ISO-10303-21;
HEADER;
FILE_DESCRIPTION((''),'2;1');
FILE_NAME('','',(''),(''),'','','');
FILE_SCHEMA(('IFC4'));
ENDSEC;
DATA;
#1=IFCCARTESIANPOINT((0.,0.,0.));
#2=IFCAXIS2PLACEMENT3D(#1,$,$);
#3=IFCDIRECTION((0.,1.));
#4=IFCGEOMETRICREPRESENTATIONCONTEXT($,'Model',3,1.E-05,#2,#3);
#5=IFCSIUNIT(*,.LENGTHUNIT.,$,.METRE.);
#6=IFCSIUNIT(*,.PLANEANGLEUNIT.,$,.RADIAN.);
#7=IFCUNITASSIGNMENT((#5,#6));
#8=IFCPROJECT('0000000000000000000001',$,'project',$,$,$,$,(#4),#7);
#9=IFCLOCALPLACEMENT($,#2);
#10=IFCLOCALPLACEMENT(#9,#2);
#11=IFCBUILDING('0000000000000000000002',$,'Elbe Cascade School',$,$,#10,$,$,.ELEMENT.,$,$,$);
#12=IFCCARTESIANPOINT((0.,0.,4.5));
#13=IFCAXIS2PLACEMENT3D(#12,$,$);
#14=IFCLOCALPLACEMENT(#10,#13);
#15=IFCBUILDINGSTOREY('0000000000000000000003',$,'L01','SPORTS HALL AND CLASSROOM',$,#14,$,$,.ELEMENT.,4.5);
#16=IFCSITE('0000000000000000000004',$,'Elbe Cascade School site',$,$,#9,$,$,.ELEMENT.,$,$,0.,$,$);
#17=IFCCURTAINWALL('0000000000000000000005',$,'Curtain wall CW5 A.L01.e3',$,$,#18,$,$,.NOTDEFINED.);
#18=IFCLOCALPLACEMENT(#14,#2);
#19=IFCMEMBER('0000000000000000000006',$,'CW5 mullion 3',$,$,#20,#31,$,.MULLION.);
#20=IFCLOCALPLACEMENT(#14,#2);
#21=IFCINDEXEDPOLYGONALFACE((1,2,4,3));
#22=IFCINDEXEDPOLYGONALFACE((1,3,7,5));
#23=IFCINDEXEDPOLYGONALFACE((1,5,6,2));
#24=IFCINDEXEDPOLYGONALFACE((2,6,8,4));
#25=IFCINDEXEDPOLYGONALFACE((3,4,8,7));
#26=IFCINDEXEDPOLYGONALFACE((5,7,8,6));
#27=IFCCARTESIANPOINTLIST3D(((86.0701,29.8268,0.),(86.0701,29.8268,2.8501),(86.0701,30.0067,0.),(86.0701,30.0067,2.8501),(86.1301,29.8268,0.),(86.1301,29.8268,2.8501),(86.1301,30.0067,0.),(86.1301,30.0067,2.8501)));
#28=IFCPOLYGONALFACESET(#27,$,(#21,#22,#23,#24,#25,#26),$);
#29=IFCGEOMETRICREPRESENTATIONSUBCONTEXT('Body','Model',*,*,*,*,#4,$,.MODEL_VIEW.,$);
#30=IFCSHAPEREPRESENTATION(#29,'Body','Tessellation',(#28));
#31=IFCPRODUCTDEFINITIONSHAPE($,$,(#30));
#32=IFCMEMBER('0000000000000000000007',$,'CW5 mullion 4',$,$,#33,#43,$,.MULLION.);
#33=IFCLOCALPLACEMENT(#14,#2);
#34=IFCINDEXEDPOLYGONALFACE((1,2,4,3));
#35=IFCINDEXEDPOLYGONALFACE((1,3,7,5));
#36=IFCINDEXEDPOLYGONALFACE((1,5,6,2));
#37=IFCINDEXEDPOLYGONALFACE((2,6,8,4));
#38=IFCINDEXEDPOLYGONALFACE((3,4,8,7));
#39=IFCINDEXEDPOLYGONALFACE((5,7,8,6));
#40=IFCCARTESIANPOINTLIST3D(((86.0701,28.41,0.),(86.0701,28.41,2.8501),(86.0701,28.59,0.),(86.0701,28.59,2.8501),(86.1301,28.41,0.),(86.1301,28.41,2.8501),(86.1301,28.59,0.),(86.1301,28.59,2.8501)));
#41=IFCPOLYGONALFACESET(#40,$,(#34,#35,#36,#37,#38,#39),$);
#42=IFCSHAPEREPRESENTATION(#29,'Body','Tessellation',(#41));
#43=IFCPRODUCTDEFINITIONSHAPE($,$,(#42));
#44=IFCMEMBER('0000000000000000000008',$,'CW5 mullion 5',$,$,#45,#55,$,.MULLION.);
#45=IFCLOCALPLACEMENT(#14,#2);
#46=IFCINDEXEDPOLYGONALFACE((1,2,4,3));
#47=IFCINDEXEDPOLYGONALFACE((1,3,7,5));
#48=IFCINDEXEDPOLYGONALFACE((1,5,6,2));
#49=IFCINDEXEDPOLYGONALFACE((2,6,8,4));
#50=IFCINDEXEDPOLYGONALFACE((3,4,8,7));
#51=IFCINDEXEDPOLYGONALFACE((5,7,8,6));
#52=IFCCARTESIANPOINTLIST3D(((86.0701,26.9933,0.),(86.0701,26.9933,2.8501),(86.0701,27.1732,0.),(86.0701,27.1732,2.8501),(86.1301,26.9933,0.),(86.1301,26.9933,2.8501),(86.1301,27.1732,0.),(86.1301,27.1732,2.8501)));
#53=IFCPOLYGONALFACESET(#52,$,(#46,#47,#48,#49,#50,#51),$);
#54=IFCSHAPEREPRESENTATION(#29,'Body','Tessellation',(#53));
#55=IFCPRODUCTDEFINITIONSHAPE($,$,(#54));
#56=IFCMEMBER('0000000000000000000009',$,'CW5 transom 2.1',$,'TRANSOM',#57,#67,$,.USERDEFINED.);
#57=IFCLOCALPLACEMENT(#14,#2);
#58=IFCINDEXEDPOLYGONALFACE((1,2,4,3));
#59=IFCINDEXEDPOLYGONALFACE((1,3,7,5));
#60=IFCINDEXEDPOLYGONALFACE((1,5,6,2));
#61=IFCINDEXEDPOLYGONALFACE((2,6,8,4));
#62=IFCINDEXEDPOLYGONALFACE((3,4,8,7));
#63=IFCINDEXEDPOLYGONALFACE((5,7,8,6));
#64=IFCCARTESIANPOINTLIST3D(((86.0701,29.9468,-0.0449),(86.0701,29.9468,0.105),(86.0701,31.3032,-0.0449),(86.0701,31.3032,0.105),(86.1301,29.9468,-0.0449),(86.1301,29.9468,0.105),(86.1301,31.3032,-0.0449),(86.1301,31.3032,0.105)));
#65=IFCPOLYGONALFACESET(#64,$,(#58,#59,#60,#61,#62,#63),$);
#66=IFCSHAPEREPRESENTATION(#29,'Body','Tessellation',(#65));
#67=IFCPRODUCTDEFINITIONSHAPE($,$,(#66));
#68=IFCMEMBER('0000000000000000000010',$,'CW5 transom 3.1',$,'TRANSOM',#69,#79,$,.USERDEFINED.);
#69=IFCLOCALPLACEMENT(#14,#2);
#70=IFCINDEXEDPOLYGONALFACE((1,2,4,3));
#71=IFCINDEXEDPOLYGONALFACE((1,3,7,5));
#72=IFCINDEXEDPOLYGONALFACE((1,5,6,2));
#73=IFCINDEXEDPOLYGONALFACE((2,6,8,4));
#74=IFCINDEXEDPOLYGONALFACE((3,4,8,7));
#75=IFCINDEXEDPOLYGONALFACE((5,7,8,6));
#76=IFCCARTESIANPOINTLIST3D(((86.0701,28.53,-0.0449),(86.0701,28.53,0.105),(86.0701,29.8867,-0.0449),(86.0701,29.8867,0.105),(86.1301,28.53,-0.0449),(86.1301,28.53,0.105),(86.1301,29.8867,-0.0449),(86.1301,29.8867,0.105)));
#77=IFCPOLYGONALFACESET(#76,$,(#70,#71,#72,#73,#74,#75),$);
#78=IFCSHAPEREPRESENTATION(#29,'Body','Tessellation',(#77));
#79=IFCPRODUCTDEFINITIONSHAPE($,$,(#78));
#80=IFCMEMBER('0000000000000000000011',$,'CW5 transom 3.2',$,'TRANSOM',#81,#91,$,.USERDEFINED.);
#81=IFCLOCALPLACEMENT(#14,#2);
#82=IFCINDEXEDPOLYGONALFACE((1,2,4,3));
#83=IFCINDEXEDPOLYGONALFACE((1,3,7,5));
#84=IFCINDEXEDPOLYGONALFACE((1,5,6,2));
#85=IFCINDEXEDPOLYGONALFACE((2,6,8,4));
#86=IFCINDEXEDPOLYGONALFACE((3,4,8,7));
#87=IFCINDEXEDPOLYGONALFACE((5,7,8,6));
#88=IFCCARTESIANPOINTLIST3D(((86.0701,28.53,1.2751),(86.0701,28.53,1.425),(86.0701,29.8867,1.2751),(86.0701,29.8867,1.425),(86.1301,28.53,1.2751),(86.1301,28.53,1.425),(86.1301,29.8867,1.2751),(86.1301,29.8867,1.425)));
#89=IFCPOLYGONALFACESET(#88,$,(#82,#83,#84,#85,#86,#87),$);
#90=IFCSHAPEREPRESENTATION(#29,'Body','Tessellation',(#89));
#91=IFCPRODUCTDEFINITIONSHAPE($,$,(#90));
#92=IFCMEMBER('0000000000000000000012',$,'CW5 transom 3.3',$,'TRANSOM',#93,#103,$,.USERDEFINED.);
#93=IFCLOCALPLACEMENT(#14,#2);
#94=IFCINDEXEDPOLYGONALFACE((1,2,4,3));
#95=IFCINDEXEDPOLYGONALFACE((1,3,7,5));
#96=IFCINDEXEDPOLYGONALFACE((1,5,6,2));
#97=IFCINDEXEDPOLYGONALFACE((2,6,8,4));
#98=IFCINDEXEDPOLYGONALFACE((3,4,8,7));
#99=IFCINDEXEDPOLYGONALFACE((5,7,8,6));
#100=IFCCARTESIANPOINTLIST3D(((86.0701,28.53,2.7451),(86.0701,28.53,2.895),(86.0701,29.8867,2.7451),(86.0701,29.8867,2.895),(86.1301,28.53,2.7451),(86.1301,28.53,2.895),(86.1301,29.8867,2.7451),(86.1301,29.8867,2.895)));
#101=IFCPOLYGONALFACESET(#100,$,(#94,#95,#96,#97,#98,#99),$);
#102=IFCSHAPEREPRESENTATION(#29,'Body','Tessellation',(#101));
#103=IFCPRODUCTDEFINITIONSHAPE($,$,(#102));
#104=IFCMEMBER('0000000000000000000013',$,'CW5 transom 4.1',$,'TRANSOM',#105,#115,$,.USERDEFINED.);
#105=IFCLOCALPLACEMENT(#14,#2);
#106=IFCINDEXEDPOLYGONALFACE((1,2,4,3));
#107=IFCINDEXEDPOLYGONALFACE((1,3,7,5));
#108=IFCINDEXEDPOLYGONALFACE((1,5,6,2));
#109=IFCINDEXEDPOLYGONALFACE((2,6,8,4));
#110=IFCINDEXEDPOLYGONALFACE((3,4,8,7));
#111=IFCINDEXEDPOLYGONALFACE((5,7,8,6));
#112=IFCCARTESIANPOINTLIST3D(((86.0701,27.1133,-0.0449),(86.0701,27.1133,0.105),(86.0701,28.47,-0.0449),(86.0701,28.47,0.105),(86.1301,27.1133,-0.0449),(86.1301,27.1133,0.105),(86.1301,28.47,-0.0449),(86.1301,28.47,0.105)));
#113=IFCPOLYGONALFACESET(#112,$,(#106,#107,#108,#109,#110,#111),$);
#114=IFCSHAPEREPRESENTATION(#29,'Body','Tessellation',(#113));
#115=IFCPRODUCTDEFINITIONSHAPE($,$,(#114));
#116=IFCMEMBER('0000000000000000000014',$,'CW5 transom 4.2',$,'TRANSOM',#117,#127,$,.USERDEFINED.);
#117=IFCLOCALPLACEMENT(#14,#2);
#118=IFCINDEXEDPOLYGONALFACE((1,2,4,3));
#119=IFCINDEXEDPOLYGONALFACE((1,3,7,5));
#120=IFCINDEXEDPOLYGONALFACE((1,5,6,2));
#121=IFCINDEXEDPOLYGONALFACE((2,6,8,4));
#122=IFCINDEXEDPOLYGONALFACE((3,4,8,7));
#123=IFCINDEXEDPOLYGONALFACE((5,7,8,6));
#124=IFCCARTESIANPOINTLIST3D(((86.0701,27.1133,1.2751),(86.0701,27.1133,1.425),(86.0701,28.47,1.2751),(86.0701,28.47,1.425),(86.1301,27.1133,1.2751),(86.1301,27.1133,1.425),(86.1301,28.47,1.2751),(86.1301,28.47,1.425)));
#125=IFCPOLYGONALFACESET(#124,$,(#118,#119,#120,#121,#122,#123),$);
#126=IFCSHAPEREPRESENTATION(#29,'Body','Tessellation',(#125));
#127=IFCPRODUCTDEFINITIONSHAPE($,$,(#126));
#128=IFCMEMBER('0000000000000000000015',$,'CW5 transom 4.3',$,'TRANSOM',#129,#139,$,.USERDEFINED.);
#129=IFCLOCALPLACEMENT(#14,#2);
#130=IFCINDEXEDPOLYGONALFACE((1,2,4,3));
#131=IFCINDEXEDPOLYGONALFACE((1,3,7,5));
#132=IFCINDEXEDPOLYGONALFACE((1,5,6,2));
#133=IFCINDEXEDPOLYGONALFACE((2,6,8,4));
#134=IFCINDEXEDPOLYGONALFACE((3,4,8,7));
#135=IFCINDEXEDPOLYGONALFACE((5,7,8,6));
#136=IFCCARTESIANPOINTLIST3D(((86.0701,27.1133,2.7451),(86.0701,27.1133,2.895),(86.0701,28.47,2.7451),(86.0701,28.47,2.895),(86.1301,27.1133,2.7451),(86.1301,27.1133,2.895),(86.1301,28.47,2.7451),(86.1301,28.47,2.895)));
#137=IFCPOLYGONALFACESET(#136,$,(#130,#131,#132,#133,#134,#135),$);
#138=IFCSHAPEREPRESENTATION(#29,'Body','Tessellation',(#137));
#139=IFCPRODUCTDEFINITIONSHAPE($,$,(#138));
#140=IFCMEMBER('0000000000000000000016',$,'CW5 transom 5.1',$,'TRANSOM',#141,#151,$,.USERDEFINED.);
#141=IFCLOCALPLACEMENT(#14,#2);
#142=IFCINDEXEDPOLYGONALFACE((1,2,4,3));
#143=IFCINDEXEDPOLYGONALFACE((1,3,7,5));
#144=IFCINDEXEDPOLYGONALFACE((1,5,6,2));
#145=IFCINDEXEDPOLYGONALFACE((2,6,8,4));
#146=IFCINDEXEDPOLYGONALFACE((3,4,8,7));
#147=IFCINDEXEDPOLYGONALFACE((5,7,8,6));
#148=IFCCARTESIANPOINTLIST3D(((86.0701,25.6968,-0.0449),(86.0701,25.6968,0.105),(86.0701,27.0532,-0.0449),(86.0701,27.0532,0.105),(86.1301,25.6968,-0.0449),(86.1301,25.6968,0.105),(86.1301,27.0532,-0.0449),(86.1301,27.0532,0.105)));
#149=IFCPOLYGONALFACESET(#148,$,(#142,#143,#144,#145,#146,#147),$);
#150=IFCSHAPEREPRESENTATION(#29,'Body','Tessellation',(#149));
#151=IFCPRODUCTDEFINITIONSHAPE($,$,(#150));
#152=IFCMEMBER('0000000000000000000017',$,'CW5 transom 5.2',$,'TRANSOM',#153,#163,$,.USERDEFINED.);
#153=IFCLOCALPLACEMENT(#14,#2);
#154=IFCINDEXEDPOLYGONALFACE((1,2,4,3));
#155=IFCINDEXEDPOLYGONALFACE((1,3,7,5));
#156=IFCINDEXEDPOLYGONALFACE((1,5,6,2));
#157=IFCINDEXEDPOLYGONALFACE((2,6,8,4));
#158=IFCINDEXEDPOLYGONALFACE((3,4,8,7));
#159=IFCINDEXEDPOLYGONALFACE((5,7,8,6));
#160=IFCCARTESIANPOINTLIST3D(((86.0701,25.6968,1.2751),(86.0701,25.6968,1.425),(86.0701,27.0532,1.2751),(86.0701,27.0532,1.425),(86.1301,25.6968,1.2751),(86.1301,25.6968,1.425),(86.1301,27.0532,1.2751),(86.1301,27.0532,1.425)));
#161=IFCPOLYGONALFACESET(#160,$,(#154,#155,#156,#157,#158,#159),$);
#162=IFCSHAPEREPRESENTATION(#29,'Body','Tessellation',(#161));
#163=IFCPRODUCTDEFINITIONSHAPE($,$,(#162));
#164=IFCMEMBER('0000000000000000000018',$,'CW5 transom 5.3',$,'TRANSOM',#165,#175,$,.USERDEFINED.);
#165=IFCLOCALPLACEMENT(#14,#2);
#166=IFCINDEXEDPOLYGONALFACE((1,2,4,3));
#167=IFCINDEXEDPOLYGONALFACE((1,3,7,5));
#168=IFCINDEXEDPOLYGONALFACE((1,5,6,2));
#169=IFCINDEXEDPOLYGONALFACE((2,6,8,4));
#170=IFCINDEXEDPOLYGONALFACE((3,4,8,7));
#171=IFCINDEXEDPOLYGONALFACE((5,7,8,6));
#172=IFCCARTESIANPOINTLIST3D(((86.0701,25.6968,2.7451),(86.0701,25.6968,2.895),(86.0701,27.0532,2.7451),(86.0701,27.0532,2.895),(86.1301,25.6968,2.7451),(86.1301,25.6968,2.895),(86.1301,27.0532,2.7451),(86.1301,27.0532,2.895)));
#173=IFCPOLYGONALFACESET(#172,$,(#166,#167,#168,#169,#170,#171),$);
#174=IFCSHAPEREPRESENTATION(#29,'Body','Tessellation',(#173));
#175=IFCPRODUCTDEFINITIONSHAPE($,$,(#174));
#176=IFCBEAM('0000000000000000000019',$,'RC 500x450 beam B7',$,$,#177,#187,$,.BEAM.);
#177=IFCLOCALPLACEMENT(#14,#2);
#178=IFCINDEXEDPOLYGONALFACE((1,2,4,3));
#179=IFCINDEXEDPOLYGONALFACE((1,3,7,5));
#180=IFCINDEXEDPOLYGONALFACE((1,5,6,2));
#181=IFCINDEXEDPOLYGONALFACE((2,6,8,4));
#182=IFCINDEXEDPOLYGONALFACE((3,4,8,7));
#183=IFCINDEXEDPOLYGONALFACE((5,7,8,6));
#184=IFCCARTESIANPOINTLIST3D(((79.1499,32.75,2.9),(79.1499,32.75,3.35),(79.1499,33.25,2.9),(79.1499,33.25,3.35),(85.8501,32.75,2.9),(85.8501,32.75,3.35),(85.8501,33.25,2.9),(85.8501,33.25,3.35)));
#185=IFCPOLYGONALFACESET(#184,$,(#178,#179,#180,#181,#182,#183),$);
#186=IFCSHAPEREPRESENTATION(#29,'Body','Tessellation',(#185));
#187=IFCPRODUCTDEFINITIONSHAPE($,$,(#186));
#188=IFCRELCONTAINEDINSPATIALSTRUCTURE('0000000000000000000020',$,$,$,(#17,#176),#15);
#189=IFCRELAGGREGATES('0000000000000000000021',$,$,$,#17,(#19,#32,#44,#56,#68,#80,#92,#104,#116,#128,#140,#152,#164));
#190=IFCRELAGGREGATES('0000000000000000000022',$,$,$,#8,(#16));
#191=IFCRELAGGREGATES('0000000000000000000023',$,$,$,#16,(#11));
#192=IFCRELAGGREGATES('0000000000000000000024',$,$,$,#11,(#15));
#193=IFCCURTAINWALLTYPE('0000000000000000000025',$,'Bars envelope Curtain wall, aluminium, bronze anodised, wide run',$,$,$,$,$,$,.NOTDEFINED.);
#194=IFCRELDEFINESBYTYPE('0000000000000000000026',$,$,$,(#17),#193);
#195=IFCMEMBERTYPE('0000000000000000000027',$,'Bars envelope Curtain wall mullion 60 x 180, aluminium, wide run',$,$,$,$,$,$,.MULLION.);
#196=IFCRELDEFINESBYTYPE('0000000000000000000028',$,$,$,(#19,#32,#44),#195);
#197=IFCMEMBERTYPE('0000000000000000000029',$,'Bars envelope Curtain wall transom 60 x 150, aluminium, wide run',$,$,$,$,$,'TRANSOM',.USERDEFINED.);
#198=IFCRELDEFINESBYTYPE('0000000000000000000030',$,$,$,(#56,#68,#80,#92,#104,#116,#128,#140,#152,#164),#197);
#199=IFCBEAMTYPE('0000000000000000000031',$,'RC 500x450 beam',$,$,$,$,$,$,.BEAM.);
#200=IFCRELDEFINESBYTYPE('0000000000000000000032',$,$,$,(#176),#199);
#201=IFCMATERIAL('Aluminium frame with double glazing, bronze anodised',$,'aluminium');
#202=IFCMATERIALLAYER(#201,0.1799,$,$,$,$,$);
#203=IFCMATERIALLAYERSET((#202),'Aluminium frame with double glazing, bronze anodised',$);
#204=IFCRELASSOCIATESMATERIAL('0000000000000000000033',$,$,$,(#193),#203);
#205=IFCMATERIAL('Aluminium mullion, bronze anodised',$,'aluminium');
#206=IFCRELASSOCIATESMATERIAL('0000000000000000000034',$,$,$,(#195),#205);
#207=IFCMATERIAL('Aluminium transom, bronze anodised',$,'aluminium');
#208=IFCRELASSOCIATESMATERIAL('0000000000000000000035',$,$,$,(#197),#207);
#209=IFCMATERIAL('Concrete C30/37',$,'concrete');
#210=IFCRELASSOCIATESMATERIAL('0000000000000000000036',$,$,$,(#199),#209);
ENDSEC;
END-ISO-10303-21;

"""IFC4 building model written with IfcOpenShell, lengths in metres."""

from ifc_helpers import new_model, si_unit, direction, frame, origin, origin_2d, place, context, subcontext, project, spatial, rectangle, extrude, material, layer, layer_set, material_profile, profile_set, type_object, element, aggregate, save


model = new_model("IFC4")

# Units and contexts
model_context = context("Model", 3, precision=1e-05, world=origin(), true_north=direction((0.0, 1.0)))
body_context = subcontext(model_context, "Body", "Model", "MODEL_VIEW")
ifc_project = project(units=[si_unit("LENGTHUNIT", "METRE"), si_unit("PLANEANGLEUNIT", "RADIAN")], contexts=[model_context])

# Site, building, storey
site_placement = place(None, origin())
site = spatial("IfcSite", under=ifc_project, at=site_placement, Name="Elbe Cascade School site", CompositionType="ELEMENT", RefElevation=0.0)
building_placement = place(site_placement, origin())
building = spatial("IfcBuilding", under=site, at=building_placement, Name="Elbe Cascade School", CompositionType="ELEMENT")
storey_placement = place(building_placement, frame((0.0, 0.0, 4.5)))
storey = spatial("IfcBuildingStorey", under=building, at=storey_placement, Name="L01", Description="SPORTS HALL AND CLASSROOM", CompositionType="ELEMENT", Elevation=4.5)

# Curtain wall, members
ifc_material_1 = material(Name="Aluminium frame with double glazing, bronze anodised", Category="aluminium")
ifc_layer_1 = layer(ifc_material_1, 0.1799)
ifc_layer_set_1 = layer_set([ifc_layer_1], Name="Aluminium frame with double glazing, bronze anodised")
curtain_wall_type = type_object("IfcCurtainWallType", Name="Bars envelope Curtain wall, aluminium, bronze anodised, wide run", PredefinedType="NOTDEFINED", material=ifc_layer_set_1)
curtain_wall_placement = place(storey_placement, origin())
curtain_wall = element("IfcCurtainWall", 1, at=curtain_wall_placement, inside=storey, type_object=curtain_wall_type, Name="Curtain wall CW5 A.L01.e3", PredefinedType="NOTDEFINED")
ifc_material_2 = material(Name="Aluminium mullion, bronze anodised", Category="aluminium")
ifc_material_profile_1 = material_profile(ifc_material_2, rectangle(XDim=0.0601, YDim=0.1799, at=origin_2d()), Name="Bars envelope Curtain wall mullion 60 x 180, aluminium, wide run")
ifc_profile_set_1 = profile_set([ifc_material_profile_1], Name="Aluminium mullion, bronze anodised")
member_type_1 = type_object("IfcMemberType", Name="Bars envelope Curtain wall mullion 60 x 180, aluminium, wide run", PredefinedType="MULLION", material=ifc_profile_set_1)
member_1_placement = place(storey_placement, frame((86.1001, 29.9167, 0.0), z_axis=(0.0, 0.0, 1.0), x_axis=(1.0, 0.0, 0.0)))
member_1 = element("IfcMember", 2, at=member_1_placement, type_object=member_type_1, Name="CW5 mullion 3", PredefinedType="MULLION", context=body_context, shape_type="SweptSolid", body=[
    extrude(rectangle(XDim=0.0601, YDim=0.1799, at=origin_2d()), origin(), (0.0, 0.0, 1.0), 2.8501),
])
member_2_placement = place(storey_placement, frame((86.1001, 28.5, 0.0), z_axis=(0.0, 0.0, 1.0), x_axis=(1.0, 0.0, 0.0)))
member_2 = element("IfcMember", 3, at=member_2_placement, type_object=member_type_1, Name="CW5 mullion 4", PredefinedType="MULLION", context=body_context, shape_type="SweptSolid", body=[
    extrude(rectangle(XDim=0.0601, YDim=0.1799, at=origin_2d()), origin(), (0.0, 0.0, 1.0), 2.8501),
])
member_3_placement = place(storey_placement, frame((86.1001, 27.0833, 0.0), z_axis=(0.0, 0.0, 1.0), x_axis=(1.0, 0.0, 0.0)))
member_3 = element("IfcMember", 4, at=member_3_placement, type_object=member_type_1, Name="CW5 mullion 5", PredefinedType="MULLION", context=body_context, shape_type="SweptSolid", body=[
    extrude(rectangle(XDim=0.0601, YDim=0.1799, at=origin_2d()), origin(), (0.0, 0.0, 1.0), 2.8501),
])
ifc_material_3 = material(Name="Aluminium transom, bronze anodised", Category="aluminium")
ifc_material_profile_2 = material_profile(ifc_material_3, rectangle(XDim=0.0601, YDim=0.1499, at=origin_2d()), Name="Bars envelope Curtain wall transom 60 x 150, aluminium, wide run")
ifc_profile_set_2 = profile_set([ifc_material_profile_2], Name="Aluminium transom, bronze anodised")
member_type_2 = type_object("IfcMemberType", Name="Bars envelope Curtain wall transom 60 x 150, aluminium, wide run", ElementType="TRANSOM", PredefinedType="USERDEFINED", material=ifc_profile_set_2)
member_4_placement = place(storey_placement, frame((86.1001, 31.3032, 0.03), z_axis=(0.0, -1.0, 0.0), x_axis=(1.0, 0.0, 0.0)))
member_4 = element("IfcMember", 5, at=member_4_placement, type_object=member_type_2, Name="CW5 transom 2.1", ObjectType="TRANSOM", PredefinedType="USERDEFINED", context=body_context, shape_type="SweptSolid", body=[
    extrude(rectangle(XDim=0.0601, YDim=0.1499, at=origin_2d()), origin(), (0.0, 0.0, 1.0), 1.3564),
])
member_5_placement = place(storey_placement, frame((86.1001, 29.8867, 0.03), z_axis=(0.0, -1.0, 0.0), x_axis=(1.0, 0.0, 0.0)))
member_5 = element("IfcMember", 6, at=member_5_placement, type_object=member_type_2, Name="CW5 transom 3.1", ObjectType="TRANSOM", PredefinedType="USERDEFINED", context=body_context, shape_type="SweptSolid", body=[
    extrude(rectangle(XDim=0.0601, YDim=0.1499, at=origin_2d()), origin(), (0.0, 0.0, 1.0), 1.3567),
])
member_6_placement = place(storey_placement, frame((86.1001, 29.8867, 1.3501), z_axis=(0.0, -1.0, 0.0), x_axis=(1.0, 0.0, 0.0)))
member_6 = element("IfcMember", 7, at=member_6_placement, type_object=member_type_2, Name="CW5 transom 3.2", ObjectType="TRANSOM", PredefinedType="USERDEFINED", context=body_context, shape_type="SweptSolid", body=[
    extrude(rectangle(XDim=0.0601, YDim=0.1499, at=origin_2d()), origin(), (0.0, 0.0, 1.0), 1.3567),
])
member_7_placement = place(storey_placement, frame((86.1001, 29.8867, 2.8201), z_axis=(0.0, -1.0, 0.0), x_axis=(1.0, 0.0, 0.0)))
member_7 = element("IfcMember", 8, at=member_7_placement, type_object=member_type_2, Name="CW5 transom 3.3", ObjectType="TRANSOM", PredefinedType="USERDEFINED", context=body_context, shape_type="SweptSolid", body=[
    extrude(rectangle(XDim=0.0601, YDim=0.1499, at=origin_2d()), origin(), (0.0, 0.0, 1.0), 1.3567),
])
member_8_placement = place(storey_placement, frame((86.1001, 28.47, 0.03), z_axis=(0.0, -1.0, 0.0), x_axis=(1.0, 0.0, 0.0)))
member_8 = element("IfcMember", 9, at=member_8_placement, type_object=member_type_2, Name="CW5 transom 4.1", ObjectType="TRANSOM", PredefinedType="USERDEFINED", context=body_context, shape_type="SweptSolid", body=[
    extrude(rectangle(XDim=0.0601, YDim=0.1499, at=origin_2d()), origin(), (0.0, 0.0, 1.0), 1.3567),
])
member_9_placement = place(storey_placement, frame((86.1001, 28.47, 1.3501), z_axis=(0.0, -1.0, 0.0), x_axis=(1.0, 0.0, 0.0)))
member_9 = element("IfcMember", 10, at=member_9_placement, type_object=member_type_2, Name="CW5 transom 4.2", ObjectType="TRANSOM", PredefinedType="USERDEFINED", context=body_context, shape_type="SweptSolid", body=[
    extrude(rectangle(XDim=0.0601, YDim=0.1499, at=origin_2d()), origin(), (0.0, 0.0, 1.0), 1.3567),
])
member_10_placement = place(storey_placement, frame((86.1001, 28.47, 2.8201), z_axis=(0.0, -1.0, 0.0), x_axis=(1.0, 0.0, 0.0)))
member_10 = element("IfcMember", 11, at=member_10_placement, type_object=member_type_2, Name="CW5 transom 4.3", ObjectType="TRANSOM", PredefinedType="USERDEFINED", context=body_context, shape_type="SweptSolid", body=[
    extrude(rectangle(XDim=0.0601, YDim=0.1499, at=origin_2d()), origin(), (0.0, 0.0, 1.0), 1.3567),
])
member_11_placement = place(storey_placement, frame((86.1001, 27.0532, 0.03), z_axis=(0.0, -1.0, 0.0), x_axis=(1.0, 0.0, 0.0)))
member_11 = element("IfcMember", 12, at=member_11_placement, type_object=member_type_2, Name="CW5 transom 5.1", ObjectType="TRANSOM", PredefinedType="USERDEFINED", context=body_context, shape_type="SweptSolid", body=[
    extrude(rectangle(XDim=0.0601, YDim=0.1499, at=origin_2d()), origin(), (0.0, 0.0, 1.0), 1.3564),
])
member_12_placement = place(storey_placement, frame((86.1001, 27.0532, 1.3501), z_axis=(0.0, -1.0, 0.0), x_axis=(1.0, 0.0, 0.0)))
member_12 = element("IfcMember", 13, at=member_12_placement, type_object=member_type_2, Name="CW5 transom 5.2", ObjectType="TRANSOM", PredefinedType="USERDEFINED", context=body_context, shape_type="SweptSolid", body=[
    extrude(rectangle(XDim=0.0601, YDim=0.1499, at=origin_2d()), origin(), (0.0, 0.0, 1.0), 1.3564),
])
member_13_placement = place(storey_placement, frame((86.1001, 27.0532, 2.8201), z_axis=(0.0, -1.0, 0.0), x_axis=(1.0, 0.0, 0.0)))
member_13 = element("IfcMember", 14, at=member_13_placement, type_object=member_type_2, Name="CW5 transom 5.3", ObjectType="TRANSOM", PredefinedType="USERDEFINED", context=body_context, shape_type="SweptSolid", body=[
    extrude(rectangle(XDim=0.0601, YDim=0.1499, at=origin_2d()), origin(), (0.0, 0.0, 1.0), 1.3564),
])

# Beam
ifc_material_4 = material(Name="Concrete C30/37", Category="concrete")
ifc_material_profile_3 = material_profile(ifc_material_4, rectangle(XDim=0.5, YDim=0.45, at=origin_2d()), Name="RC 500x450")
ifc_profile_set_3 = profile_set([ifc_material_profile_3], Name="Concrete C30/37")
beam_type = type_object("IfcBeamType", Name="RC 500x450 beam", PredefinedType="BEAM", material=ifc_profile_set_3)
beam_placement = place(storey_placement, frame((79.1499, 33.0, 3.125), z_axis=(1.0, 0.0, 0.0), x_axis=(0.0, 1.0, 0.0)))
element("IfcBeam", 15, at=beam_placement, inside=storey, type_object=beam_type, Name="RC 500x450 beam B7", PredefinedType="BEAM", context=body_context, shape_type="SweptSolid", body=[
    extrude(rectangle(XDim=0.5, YDim=0.45, at=origin_2d()), origin(), (0.0, 0.0, 1.0), 6.7002),
])

aggregate(curtain_wall, [member_1, member_2, member_3, member_4, member_5, member_6, member_7, member_8, member_9, member_10, member_11, member_12, member_13])

save(model, "model.ifc")
